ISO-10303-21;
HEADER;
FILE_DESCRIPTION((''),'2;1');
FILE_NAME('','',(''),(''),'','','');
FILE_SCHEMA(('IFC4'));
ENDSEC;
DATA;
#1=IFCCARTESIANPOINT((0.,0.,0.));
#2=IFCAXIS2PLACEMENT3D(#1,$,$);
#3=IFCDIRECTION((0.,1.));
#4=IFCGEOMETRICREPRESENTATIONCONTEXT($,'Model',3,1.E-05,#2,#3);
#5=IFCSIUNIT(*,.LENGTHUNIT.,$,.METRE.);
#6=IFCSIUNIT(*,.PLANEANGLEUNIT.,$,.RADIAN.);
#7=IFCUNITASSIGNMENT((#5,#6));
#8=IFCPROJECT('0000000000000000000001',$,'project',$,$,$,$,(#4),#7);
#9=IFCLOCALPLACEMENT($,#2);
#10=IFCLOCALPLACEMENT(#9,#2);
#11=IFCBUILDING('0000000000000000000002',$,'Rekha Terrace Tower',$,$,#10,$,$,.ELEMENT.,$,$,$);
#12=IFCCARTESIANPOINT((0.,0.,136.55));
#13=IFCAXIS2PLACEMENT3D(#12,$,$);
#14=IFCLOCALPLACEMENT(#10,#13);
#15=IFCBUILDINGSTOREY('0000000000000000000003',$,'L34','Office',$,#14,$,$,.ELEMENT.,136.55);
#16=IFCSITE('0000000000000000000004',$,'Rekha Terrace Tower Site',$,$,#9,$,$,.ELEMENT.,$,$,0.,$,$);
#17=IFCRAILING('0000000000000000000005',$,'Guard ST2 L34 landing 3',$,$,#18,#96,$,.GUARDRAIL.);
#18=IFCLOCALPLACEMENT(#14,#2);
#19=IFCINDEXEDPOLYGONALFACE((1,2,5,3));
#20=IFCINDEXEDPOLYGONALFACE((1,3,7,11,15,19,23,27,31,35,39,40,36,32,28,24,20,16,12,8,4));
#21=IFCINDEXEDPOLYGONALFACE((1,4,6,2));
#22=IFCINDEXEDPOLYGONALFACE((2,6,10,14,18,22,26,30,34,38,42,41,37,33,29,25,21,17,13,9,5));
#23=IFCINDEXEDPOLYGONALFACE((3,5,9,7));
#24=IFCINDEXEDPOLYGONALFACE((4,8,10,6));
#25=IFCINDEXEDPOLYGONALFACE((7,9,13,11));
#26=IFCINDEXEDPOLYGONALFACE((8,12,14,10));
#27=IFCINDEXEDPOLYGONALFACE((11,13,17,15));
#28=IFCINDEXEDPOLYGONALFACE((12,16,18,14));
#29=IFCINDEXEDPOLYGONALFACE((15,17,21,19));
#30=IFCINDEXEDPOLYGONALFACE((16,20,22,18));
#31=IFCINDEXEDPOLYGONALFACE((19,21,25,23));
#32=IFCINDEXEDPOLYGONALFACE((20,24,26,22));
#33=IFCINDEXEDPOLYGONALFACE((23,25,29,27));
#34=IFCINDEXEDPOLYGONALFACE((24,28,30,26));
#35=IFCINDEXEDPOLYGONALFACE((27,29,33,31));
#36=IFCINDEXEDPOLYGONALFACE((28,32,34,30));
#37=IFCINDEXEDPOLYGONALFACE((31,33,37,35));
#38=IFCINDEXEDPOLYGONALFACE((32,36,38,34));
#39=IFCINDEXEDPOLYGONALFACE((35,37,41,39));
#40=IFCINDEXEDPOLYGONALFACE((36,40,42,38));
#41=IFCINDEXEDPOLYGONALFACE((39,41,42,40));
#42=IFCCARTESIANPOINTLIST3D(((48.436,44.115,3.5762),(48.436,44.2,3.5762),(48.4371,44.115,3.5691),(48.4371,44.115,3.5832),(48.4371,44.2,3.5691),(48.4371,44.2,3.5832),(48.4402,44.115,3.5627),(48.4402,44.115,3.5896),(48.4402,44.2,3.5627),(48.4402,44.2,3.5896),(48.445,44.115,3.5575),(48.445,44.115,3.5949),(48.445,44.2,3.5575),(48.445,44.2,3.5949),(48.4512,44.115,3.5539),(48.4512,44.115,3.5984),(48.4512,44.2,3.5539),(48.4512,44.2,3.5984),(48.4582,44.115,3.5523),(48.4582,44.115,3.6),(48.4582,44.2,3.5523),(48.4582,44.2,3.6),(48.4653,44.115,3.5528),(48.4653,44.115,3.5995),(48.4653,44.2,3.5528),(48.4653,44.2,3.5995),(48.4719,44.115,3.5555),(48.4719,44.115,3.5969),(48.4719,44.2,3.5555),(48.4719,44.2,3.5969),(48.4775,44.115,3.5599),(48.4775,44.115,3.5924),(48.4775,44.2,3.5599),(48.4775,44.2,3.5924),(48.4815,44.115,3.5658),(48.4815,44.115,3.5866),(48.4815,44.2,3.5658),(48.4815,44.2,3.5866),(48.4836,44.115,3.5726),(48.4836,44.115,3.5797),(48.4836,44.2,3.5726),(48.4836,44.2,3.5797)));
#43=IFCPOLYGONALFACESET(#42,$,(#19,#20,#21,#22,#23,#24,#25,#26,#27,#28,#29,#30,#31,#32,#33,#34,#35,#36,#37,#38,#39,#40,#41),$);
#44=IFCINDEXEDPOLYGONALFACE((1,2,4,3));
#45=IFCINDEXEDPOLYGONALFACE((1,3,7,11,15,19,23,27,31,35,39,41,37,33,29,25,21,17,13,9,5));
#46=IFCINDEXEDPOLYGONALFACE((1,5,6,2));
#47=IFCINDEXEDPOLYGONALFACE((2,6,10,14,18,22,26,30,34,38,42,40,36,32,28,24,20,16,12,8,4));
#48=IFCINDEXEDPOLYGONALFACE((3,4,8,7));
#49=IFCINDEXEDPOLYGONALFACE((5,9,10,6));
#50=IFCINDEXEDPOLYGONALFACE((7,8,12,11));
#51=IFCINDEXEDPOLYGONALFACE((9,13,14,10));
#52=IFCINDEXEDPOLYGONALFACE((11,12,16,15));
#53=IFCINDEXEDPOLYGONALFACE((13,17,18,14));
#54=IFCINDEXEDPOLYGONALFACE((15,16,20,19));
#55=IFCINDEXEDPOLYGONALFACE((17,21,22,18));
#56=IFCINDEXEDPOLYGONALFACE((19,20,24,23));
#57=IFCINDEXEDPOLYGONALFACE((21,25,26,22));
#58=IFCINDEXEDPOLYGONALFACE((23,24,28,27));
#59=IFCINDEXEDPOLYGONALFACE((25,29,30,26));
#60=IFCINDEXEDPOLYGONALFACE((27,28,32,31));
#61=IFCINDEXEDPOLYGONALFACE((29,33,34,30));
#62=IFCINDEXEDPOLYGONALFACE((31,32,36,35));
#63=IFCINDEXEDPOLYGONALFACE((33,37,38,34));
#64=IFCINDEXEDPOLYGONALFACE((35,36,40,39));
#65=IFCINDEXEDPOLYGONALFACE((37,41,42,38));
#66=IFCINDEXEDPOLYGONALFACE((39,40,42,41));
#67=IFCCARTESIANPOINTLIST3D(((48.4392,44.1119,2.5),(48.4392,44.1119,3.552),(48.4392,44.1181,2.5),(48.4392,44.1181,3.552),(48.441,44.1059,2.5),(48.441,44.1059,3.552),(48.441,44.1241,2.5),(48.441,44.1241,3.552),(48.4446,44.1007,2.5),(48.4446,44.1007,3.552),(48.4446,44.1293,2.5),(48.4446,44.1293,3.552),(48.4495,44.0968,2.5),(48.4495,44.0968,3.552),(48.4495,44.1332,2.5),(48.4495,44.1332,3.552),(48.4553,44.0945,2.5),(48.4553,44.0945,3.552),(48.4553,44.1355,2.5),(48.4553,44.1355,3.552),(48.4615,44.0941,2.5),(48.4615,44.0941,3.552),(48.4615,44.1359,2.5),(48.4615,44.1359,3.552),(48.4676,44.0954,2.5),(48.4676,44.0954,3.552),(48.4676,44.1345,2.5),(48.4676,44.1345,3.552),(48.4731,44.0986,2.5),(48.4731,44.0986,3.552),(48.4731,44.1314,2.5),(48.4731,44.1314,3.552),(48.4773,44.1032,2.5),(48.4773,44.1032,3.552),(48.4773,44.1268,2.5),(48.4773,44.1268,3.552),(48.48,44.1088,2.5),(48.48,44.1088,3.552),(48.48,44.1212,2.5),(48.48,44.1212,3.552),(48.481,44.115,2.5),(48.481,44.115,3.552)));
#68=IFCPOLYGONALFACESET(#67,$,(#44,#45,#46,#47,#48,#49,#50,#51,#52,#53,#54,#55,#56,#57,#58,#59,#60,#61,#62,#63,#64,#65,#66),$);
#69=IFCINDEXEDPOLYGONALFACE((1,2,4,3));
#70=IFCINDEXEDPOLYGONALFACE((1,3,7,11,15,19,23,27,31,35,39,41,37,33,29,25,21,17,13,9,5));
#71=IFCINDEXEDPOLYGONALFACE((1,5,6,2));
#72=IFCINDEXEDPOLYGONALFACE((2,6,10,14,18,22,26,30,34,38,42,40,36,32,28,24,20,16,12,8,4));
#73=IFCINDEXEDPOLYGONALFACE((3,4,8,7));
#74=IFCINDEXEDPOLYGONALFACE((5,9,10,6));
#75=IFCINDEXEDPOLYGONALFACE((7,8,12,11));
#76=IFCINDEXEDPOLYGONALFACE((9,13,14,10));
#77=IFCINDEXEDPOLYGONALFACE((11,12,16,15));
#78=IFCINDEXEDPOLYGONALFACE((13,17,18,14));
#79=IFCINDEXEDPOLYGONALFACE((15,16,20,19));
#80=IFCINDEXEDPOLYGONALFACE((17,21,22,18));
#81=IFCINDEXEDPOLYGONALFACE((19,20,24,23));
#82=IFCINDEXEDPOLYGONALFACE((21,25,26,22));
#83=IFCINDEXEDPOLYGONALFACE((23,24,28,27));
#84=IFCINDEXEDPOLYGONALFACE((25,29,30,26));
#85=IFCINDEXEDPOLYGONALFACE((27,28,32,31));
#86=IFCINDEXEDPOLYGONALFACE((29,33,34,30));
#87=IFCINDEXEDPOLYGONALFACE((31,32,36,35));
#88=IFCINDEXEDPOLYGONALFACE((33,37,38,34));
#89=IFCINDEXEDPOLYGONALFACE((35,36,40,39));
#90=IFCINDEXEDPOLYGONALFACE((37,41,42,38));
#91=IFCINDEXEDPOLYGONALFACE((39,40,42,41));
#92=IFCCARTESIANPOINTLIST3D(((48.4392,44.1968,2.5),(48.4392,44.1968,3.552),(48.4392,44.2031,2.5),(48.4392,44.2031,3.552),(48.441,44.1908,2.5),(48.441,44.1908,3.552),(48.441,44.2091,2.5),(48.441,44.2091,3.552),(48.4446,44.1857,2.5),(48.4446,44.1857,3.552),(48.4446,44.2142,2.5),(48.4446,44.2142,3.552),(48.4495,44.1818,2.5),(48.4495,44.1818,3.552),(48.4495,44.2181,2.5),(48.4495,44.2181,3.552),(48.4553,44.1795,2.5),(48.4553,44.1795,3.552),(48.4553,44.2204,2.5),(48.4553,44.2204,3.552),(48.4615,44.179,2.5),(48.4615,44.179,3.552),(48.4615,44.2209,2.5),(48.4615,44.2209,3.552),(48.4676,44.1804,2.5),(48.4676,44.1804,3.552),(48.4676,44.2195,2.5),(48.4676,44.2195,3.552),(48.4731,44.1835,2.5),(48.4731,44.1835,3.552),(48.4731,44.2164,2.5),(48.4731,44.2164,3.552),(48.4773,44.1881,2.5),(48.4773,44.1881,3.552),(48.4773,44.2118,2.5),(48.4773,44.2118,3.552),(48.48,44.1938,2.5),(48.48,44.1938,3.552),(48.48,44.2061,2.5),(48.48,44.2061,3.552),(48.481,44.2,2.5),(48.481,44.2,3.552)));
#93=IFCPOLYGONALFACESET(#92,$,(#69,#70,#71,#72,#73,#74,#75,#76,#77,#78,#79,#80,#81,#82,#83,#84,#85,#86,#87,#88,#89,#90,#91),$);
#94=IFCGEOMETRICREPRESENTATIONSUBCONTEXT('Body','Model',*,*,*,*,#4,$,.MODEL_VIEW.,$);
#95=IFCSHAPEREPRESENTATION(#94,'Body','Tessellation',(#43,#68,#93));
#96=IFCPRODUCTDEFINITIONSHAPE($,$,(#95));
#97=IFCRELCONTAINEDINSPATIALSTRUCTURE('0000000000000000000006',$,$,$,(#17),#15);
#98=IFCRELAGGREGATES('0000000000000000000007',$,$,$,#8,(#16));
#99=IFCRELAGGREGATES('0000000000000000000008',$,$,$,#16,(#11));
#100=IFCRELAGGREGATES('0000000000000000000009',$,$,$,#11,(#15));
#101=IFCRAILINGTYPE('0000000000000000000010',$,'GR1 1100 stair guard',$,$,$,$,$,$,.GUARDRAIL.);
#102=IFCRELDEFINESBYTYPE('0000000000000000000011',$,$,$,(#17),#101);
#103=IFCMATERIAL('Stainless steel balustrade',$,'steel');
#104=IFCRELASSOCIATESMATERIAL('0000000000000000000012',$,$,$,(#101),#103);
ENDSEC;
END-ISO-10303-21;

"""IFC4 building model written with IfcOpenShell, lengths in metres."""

from ifc_helpers import new_model, si_unit, direction, frame, origin, origin_2d, place, context, subcontext, project, spatial, circle, extrude, material, type_object, element, save


model = new_model("IFC4")

# Units and contexts
model_context = context("Model", 3, precision=1e-05, world=origin(), true_north=direction((0.0, 1.0)))
body_context = subcontext(model_context, "Body", "Model", "MODEL_VIEW")
ifc_project = project(units=[si_unit("LENGTHUNIT", "METRE"), si_unit("PLANEANGLEUNIT", "RADIAN")], contexts=[model_context])

# Site, building, storey
site_placement = place(None, origin())
site = spatial("IfcSite", under=ifc_project, at=site_placement, Name="Rekha Terrace Tower Site", CompositionType="ELEMENT", RefElevation=0.0)
building_placement = place(site_placement, origin())
building = spatial("IfcBuilding", under=site, at=building_placement, Name="Rekha Terrace Tower", CompositionType="ELEMENT")
storey_placement = place(building_placement, frame((0.0, 0.0, 136.55)))
storey = spatial("IfcBuildingStorey", under=building, at=storey_placement, Name="L34", Description="Office", CompositionType="ELEMENT", Elevation=136.55)

# Railing
ifc_material_1 = material(Name="Stainless steel balustrade", Category="steel")
railing_type_1 = type_object("IfcRailingType", Name="GR1 1100 stair guard", PredefinedType="GUARDRAIL", material=ifc_material_1)
railing_1_placement = place(storey_placement, frame((48.46, 44.115, 2.5)))
element("IfcRailing", 1, at=railing_1_placement, inside=storey, type_object=railing_type_1, Name="Guard ST2 L34 landing 3", PredefinedType="GUARDRAIL", context=body_context, shape_type="SweptSolid", body=[
    extrude(circle(Radius=0.0239, at=origin_2d()), frame((0.0, 0.0, 1.0762), z_axis=(0.0, 1.0, 0.0), x_axis=(-1.0, 0.0, 0.0)), (0.0, 0.0, 1.0), 0.085),
    extrude(circle(Radius=0.021, at=origin_2d()), origin(), (0.0, 0.0, 1.0), 1.052),
    extrude(circle(Radius=0.021, at=origin_2d()), frame((0.0, 0.085, 0.0)), (0.0, 0.0, 1.0), 1.052),
])

save(model, "model.ifc")
